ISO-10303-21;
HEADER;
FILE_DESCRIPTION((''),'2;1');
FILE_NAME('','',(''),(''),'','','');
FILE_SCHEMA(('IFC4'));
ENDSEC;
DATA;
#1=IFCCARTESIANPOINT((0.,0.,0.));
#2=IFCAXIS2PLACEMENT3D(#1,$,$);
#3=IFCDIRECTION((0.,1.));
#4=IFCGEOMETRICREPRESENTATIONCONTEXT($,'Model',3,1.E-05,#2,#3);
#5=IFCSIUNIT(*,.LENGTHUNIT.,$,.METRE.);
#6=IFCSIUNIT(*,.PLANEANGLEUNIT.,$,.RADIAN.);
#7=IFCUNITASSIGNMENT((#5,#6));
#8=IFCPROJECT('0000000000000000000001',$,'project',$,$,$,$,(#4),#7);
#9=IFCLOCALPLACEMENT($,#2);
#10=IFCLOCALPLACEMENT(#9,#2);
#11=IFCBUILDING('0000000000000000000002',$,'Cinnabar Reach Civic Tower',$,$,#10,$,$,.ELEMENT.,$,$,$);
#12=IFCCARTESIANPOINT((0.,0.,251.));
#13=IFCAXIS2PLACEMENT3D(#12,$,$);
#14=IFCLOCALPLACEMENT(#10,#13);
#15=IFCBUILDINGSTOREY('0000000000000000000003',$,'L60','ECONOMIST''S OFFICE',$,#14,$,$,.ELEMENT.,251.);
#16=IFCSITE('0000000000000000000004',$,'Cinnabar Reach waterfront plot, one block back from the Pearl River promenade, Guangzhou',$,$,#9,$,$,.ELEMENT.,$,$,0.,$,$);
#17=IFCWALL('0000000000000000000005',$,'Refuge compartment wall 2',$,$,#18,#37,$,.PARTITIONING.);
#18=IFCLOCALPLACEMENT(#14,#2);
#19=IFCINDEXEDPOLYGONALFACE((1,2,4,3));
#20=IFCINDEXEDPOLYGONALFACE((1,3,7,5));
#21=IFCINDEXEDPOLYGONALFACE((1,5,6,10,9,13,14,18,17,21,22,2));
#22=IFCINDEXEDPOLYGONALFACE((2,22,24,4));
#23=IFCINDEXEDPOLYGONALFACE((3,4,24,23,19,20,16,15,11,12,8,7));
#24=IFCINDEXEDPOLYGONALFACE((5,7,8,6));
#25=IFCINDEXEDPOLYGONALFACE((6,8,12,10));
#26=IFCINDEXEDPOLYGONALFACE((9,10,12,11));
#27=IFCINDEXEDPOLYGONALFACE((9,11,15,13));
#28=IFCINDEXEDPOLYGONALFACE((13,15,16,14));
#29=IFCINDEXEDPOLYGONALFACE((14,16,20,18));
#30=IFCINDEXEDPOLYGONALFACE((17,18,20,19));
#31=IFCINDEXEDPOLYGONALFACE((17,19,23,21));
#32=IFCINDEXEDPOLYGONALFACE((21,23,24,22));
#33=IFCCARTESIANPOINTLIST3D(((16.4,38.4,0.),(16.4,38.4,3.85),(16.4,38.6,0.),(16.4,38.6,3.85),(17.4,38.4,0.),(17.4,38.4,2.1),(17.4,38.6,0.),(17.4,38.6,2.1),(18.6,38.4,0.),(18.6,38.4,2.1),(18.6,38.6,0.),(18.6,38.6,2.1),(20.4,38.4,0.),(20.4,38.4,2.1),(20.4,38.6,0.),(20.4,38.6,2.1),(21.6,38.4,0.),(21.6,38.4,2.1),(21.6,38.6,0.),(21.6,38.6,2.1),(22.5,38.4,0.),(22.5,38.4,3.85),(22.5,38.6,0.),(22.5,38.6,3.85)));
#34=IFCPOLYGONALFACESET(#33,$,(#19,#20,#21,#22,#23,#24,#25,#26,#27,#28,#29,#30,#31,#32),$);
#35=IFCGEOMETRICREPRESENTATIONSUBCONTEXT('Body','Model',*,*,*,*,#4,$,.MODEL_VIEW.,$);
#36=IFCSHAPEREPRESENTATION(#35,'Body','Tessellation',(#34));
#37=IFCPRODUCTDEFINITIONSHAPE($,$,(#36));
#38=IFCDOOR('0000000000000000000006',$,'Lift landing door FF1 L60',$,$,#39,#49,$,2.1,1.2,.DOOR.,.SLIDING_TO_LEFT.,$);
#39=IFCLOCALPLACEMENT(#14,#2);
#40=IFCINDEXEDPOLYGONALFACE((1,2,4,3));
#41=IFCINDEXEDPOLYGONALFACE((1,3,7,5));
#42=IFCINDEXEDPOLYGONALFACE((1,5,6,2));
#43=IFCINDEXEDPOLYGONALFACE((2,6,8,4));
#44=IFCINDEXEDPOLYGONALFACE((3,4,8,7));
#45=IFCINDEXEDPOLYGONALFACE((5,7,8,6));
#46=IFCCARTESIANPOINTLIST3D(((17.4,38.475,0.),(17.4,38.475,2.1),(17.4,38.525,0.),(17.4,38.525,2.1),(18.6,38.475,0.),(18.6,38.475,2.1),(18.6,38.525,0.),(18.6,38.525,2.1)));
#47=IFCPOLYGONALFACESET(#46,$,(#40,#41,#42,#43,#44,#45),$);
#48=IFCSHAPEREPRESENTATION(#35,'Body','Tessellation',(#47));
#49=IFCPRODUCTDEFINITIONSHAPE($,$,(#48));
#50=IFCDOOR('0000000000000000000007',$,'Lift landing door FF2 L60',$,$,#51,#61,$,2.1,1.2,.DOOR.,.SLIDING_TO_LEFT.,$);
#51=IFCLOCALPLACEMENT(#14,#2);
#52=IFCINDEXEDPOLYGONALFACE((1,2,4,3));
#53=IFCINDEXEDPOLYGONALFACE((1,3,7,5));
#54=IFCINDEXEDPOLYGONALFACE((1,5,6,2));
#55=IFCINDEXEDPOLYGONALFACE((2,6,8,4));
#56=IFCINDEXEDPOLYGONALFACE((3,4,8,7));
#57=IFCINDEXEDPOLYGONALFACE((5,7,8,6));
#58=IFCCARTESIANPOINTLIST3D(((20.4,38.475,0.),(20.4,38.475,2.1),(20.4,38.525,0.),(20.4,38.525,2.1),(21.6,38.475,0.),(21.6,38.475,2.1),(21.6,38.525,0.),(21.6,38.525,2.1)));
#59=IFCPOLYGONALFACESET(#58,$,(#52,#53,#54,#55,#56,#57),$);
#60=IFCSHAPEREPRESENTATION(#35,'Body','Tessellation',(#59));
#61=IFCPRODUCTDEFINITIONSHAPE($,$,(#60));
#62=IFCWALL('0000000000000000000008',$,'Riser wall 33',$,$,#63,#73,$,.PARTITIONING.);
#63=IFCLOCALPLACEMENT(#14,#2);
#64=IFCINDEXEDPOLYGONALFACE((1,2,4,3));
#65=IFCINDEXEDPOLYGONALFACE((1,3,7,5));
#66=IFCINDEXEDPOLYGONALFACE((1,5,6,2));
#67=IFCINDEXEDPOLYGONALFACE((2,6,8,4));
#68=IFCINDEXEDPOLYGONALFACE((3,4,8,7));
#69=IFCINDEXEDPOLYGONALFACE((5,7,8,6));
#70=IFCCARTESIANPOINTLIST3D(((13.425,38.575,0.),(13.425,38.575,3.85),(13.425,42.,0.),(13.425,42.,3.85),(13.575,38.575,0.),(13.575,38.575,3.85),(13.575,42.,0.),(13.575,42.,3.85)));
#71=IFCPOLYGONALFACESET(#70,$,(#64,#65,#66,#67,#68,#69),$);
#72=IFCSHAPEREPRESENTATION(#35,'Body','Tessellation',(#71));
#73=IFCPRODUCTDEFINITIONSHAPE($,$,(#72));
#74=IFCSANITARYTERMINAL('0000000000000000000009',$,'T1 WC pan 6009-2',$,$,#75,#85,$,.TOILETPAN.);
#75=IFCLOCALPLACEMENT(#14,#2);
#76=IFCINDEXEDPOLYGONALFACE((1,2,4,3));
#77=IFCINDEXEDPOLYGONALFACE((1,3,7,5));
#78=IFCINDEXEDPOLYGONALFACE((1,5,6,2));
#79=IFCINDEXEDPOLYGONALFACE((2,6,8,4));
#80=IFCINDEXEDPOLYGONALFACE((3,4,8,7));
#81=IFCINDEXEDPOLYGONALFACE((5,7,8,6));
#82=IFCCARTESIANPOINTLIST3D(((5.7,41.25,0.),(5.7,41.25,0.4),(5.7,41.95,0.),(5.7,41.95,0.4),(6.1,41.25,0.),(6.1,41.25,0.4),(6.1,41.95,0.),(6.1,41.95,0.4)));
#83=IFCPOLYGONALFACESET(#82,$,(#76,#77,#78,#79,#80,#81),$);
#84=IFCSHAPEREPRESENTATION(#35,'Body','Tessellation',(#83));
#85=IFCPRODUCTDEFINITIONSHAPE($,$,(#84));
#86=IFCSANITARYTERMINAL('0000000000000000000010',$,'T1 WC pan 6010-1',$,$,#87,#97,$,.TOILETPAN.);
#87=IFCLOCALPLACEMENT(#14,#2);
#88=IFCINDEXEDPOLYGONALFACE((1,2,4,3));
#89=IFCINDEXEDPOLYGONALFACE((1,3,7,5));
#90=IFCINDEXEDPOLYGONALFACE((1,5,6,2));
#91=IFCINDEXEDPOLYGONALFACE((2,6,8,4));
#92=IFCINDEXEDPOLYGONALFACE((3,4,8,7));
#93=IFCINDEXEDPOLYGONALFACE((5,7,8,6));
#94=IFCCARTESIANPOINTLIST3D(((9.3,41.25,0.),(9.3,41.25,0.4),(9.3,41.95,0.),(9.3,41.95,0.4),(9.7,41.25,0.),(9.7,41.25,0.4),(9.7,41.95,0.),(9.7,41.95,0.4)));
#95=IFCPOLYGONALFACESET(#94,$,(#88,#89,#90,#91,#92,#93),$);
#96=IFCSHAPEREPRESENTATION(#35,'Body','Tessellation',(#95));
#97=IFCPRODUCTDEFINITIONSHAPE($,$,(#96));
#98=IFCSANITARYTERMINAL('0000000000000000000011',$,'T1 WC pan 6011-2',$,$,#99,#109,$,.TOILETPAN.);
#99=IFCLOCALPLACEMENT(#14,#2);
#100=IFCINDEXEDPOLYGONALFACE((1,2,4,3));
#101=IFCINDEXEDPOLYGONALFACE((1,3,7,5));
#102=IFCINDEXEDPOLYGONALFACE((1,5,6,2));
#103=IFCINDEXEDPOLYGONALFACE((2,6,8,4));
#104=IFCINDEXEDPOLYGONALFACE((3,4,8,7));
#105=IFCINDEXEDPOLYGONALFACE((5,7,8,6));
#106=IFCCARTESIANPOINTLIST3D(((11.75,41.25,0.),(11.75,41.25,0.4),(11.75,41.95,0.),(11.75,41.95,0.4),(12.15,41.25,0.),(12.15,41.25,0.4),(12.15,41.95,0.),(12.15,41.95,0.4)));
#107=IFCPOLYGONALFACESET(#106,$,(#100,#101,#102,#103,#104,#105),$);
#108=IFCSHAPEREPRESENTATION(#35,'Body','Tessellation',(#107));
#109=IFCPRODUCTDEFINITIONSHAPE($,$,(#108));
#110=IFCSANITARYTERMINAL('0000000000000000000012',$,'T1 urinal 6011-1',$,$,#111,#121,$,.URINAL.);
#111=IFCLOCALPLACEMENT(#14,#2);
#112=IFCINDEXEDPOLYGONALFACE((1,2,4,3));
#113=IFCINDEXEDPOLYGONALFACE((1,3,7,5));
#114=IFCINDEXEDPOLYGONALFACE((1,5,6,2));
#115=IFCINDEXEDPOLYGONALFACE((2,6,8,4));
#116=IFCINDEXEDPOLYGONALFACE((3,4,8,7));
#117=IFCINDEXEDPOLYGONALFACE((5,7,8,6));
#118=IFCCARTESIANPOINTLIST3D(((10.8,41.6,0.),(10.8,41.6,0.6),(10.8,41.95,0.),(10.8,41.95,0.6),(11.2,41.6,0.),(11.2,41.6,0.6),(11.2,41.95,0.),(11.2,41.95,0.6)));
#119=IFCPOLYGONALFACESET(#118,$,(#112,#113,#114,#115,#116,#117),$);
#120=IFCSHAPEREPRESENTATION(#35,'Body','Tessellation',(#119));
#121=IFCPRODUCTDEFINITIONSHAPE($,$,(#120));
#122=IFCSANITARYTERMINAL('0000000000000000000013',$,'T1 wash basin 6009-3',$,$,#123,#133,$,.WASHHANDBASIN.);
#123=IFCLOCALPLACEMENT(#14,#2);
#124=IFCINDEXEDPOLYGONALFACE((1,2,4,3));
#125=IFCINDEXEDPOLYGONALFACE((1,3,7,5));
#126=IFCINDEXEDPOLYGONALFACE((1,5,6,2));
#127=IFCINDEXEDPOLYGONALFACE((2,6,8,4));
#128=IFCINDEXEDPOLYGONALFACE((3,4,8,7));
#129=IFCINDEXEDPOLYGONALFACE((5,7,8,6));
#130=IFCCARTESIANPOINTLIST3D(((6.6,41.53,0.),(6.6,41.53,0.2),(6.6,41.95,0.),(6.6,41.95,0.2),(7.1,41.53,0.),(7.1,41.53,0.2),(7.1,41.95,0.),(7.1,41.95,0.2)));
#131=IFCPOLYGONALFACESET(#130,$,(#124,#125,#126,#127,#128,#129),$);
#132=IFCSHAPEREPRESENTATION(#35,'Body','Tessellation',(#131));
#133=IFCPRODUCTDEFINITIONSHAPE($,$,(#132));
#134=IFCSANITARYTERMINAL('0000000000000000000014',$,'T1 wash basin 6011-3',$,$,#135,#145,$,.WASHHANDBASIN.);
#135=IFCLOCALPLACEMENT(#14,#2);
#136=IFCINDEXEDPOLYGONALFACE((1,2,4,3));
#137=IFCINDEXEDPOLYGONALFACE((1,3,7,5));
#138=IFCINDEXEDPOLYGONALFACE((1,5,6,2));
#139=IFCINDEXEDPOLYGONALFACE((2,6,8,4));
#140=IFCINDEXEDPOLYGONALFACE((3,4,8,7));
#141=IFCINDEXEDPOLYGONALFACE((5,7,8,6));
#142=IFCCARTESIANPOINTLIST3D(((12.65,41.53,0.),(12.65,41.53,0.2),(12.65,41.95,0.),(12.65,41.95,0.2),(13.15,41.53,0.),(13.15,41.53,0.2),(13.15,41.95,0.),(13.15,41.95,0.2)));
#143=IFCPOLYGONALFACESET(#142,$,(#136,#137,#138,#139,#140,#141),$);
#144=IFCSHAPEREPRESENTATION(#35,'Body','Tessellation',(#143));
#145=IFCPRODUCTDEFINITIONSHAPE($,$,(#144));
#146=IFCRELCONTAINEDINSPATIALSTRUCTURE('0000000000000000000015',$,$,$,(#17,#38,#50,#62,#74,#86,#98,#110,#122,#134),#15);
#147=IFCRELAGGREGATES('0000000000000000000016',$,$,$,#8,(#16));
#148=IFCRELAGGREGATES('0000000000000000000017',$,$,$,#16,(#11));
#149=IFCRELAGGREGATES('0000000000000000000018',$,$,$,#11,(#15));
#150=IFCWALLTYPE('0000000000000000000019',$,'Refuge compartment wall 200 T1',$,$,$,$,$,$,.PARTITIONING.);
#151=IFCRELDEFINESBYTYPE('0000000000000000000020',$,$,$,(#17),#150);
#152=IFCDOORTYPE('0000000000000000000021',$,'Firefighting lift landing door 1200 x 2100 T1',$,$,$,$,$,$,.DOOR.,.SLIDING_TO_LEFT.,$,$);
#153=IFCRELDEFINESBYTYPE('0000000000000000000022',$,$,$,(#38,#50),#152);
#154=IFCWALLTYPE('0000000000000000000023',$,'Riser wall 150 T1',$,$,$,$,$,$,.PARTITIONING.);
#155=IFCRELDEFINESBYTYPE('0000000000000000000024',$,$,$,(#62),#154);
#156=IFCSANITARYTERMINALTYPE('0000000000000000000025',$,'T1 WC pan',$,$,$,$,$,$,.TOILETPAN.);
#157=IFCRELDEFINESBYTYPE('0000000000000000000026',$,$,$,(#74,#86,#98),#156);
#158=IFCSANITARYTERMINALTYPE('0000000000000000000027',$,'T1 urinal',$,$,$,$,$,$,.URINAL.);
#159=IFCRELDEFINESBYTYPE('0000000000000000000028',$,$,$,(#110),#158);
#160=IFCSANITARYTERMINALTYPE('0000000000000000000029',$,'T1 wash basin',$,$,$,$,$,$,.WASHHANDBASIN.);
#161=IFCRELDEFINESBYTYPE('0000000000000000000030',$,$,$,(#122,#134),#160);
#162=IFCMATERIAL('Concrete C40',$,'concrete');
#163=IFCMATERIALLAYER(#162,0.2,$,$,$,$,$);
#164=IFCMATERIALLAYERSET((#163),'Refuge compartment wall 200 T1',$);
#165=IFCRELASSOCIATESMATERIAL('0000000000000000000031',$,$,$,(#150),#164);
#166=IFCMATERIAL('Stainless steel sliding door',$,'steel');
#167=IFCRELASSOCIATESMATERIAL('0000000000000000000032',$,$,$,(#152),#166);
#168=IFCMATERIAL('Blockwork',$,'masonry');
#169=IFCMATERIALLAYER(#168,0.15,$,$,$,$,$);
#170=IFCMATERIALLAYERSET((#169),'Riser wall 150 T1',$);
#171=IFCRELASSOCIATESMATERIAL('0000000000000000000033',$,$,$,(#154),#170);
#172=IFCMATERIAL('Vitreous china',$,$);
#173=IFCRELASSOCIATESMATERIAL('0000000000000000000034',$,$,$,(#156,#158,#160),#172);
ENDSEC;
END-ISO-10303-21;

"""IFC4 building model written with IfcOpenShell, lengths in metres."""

from ifc_helpers import new_model, si_unit, direction, frame, frame_2d, origin, origin_2d, place, context, subcontext, project, spatial, rectangle, extrude, material, layer, layer_set, type_object, element, fill, save


model = new_model("IFC4")

# Units and contexts
model_context = context("Model", 3, precision=1e-05, world=origin(), true_north=direction((0.0, 1.0)))
body_context = subcontext(model_context, "Body", "Model", "MODEL_VIEW")
ifc_project = project(units=[si_unit("LENGTHUNIT", "METRE"), si_unit("PLANEANGLEUNIT", "RADIAN")], contexts=[model_context])

# Site, building, storey
site_placement = place(None, origin())
site = spatial("IfcSite", under=ifc_project, at=site_placement, Name="Cinnabar Reach waterfront plot, one block back from the Pearl River promenade, Guangzhou", CompositionType="ELEMENT", RefElevation=0.0)
building_placement = place(site_placement, origin())
building = spatial("IfcBuilding", under=site, at=building_placement, Name="Cinnabar Reach Civic Tower", CompositionType="ELEMENT")
storey_placement = place(building_placement, frame((0.0, 0.0, 251.0)))
storey = spatial("IfcBuildingStorey", under=building, at=storey_placement, Name="L60", Description="ECONOMIST'S OFFICE", CompositionType="ELEMENT", Elevation=251.0)

# Wall, openings, doors
ifc_material_1 = material(Name="Concrete C40", Category="concrete")
ifc_layer_1 = layer(ifc_material_1, 0.2)
ifc_layer_set_1 = layer_set([ifc_layer_1], Name="Refuge compartment wall 200 T1")
wall_type_1 = type_object("IfcWallType", Name="Refuge compartment wall 200 T1", PredefinedType="PARTITIONING", material=ifc_layer_set_1)
wall_1_placement = place(storey_placement, frame((16.4, 38.5, 0.0), z_axis=(0.0, 0.0, 1.0), x_axis=(1.0, 0.0, 0.0)))
wall_1 = element("IfcWall", 1, at=wall_1_placement, inside=storey, type_object=wall_type_1, Name="Refuge compartment wall 2", PredefinedType="PARTITIONING", context=body_context, shape_type="SweptSolid", body=[
    extrude(rectangle(XDim=6.1, YDim=0.2, at=frame_2d((3.05, 0.0))), origin(), (0.0, 0.0, 1.0), 3.85),
])
opening_1_placement = place(wall_1_placement, frame((1.0, 0.0, 0.0)))
opening_1 = element("IfcOpeningElement", 2, at=opening_1_placement, cuts=wall_1, PredefinedType="OPENING", context=body_context, shape_type="SweptSolid", body=[
    extrude(rectangle(XDim=1.2, YDim=2.1, at=frame_2d((0.6, 1.05))), frame((0.0, 0.11, 0.0), z_axis=(0.0, -1.0, 0.0), x_axis=(1.0, 0.0, 0.0)), (0.0, 0.0, 1.0), 0.22),
])
opening_2_placement = place(wall_1_placement, frame((4.0, 0.0, 0.0)))
opening_2 = element("IfcOpeningElement", 3, at=opening_2_placement, cuts=wall_1, PredefinedType="OPENING", context=body_context, shape_type="SweptSolid", body=[
    extrude(rectangle(XDim=1.2, YDim=2.1, at=frame_2d((0.6, 1.05))), frame((0.0, 0.11, 0.0), z_axis=(0.0, -1.0, 0.0), x_axis=(1.0, 0.0, 0.0)), (0.0, 0.0, 1.0), 0.22),
])
ifc_material_2 = material(Name="Stainless steel sliding door", Category="steel")
door_type = type_object("IfcDoorType", Name="Firefighting lift landing door 1200 x 2100 T1", OperationType="SLIDING_TO_LEFT", PredefinedType="DOOR", material=ifc_material_2)
door_1_placement = place(opening_1_placement, origin())
door_1 = element("IfcDoor", 4, at=door_1_placement, inside=storey, type_object=door_type, Name="Lift landing door FF1 L60", OperationType="SLIDING_TO_LEFT", OverallHeight=2.1, OverallWidth=1.2, PredefinedType="DOOR", context=body_context, shape_type="SweptSolid", body=[
    extrude(rectangle(XDim=1.2, YDim=2.1, at=frame_2d((0.6, 1.05))), frame((0.0, 0.025, 0.0), z_axis=(0.0, -1.0, 0.0), x_axis=(1.0, 0.0, 0.0)), (0.0, 0.0, 1.0), 0.05),
])
fill(opening_1, door_1)
door_2_placement = place(opening_2_placement, origin())
door_2 = element("IfcDoor", 5, at=door_2_placement, inside=storey, type_object=door_type, Name="Lift landing door FF2 L60", OperationType="SLIDING_TO_LEFT", OverallHeight=2.1, OverallWidth=1.2, PredefinedType="DOOR", context=body_context, shape_type="SweptSolid", body=[
    extrude(rectangle(XDim=1.2, YDim=2.1, at=frame_2d((0.6, 1.05))), frame((0.0, 0.025, 0.0), z_axis=(0.0, -1.0, 0.0), x_axis=(1.0, 0.0, 0.0)), (0.0, 0.0, 1.0), 0.05),
])
fill(opening_2, door_2)

# Wall
ifc_material_3 = material(Name="Blockwork", Category="masonry")
ifc_layer_2 = layer(ifc_material_3, 0.15)
ifc_layer_set_2 = layer_set([ifc_layer_2], Name="Riser wall 150 T1")
wall_type_2 = type_object("IfcWallType", Name="Riser wall 150 T1", PredefinedType="PARTITIONING", material=ifc_layer_set_2)
wall_2_placement = place(storey_placement, frame((13.5, 38.575, 0.0), z_axis=(0.0, 0.0, 1.0), x_axis=(0.0, 1.0, 0.0)))
element("IfcWall", 6, at=wall_2_placement, inside=storey, type_object=wall_type_2, Name="Riser wall 33", PredefinedType="PARTITIONING", context=body_context, shape_type="SweptSolid", body=[
    extrude(rectangle(XDim=3.425, YDim=0.15, at=frame_2d((1.7125, 0.0))), origin(), (0.0, 0.0, 1.0), 3.85),
])

# Sanitary terminals
ifc_material_4 = material(Name="Vitreous china")
sanitary_terminal_type_1 = type_object("IfcSanitaryTerminalType", Name="T1 WC pan", PredefinedType="TOILETPAN", material=ifc_material_4)
for number, where, z_axis, x_axis, name in (
    (7, (5.9, 41.6, 0.0), (0.0, 0.0, 1.0), (1.0, 0.0, 0.0), "T1 WC pan 6009-2"),
    (8, (9.5, 41.6, 0.0), (0.0, 0.0, 1.0), (1.0, 0.0, 0.0), "T1 WC pan 6010-1"),
    (9, (11.95, 41.6, 0.0), (0.0, 0.0, 1.0), (1.0, 0.0, 0.0), "T1 WC pan 6011-2"),
):
    element("IfcSanitaryTerminal", number, at=place(storey_placement, frame(where, z_axis=z_axis, x_axis=x_axis)), inside=storey, type_object=sanitary_terminal_type_1, Name=name, PredefinedType="TOILETPAN", context=body_context, shape_type="SweptSolid", body=[
        extrude(rectangle(XDim=0.4, YDim=0.7, at=origin_2d()), origin(), (0.0, 0.0, 1.0), 0.4),
    ])
sanitary_terminal_type_2 = type_object("IfcSanitaryTerminalType", Name="T1 urinal", PredefinedType="URINAL", material=ifc_material_4)
sanitary_terminal_placement = place(storey_placement, frame((11.0, 41.775, 0.0), z_axis=(0.0, 0.0, 1.0), x_axis=(1.0, 0.0, 0.0)))
element("IfcSanitaryTerminal", 10, at=sanitary_terminal_placement, inside=storey, type_object=sanitary_terminal_type_2, Name="T1 urinal 6011-1", PredefinedType="URINAL", context=body_context, shape_type="SweptSolid", body=[
    extrude(rectangle(XDim=0.4, YDim=0.35, at=origin_2d()), origin(), (0.0, 0.0, 1.0), 0.6),
])
sanitary_terminal_type_3 = type_object("IfcSanitaryTerminalType", Name="T1 wash basin", PredefinedType="WASHHANDBASIN", material=ifc_material_4)
for number, where, z_axis, x_axis, name in (
    (11, (6.85, 41.74, 0.0), (0.0, 0.0, 1.0), (1.0, 0.0, 0.0), "T1 wash basin 6009-3"),
    (12, (12.9, 41.74, 0.0), (0.0, 0.0, 1.0), (1.0, 0.0, 0.0), "T1 wash basin 6011-3"),
):
    element("IfcSanitaryTerminal", number, at=place(storey_placement, frame(where, z_axis=z_axis, x_axis=x_axis)), inside=storey, type_object=sanitary_terminal_type_3, Name=name, PredefinedType="WASHHANDBASIN", context=body_context, shape_type="SweptSolid", body=[
        extrude(rectangle(XDim=0.5, YDim=0.42, at=origin_2d()), origin(), (0.0, 0.0, 1.0), 0.2),
    ])

save(model, "model.ifc")
